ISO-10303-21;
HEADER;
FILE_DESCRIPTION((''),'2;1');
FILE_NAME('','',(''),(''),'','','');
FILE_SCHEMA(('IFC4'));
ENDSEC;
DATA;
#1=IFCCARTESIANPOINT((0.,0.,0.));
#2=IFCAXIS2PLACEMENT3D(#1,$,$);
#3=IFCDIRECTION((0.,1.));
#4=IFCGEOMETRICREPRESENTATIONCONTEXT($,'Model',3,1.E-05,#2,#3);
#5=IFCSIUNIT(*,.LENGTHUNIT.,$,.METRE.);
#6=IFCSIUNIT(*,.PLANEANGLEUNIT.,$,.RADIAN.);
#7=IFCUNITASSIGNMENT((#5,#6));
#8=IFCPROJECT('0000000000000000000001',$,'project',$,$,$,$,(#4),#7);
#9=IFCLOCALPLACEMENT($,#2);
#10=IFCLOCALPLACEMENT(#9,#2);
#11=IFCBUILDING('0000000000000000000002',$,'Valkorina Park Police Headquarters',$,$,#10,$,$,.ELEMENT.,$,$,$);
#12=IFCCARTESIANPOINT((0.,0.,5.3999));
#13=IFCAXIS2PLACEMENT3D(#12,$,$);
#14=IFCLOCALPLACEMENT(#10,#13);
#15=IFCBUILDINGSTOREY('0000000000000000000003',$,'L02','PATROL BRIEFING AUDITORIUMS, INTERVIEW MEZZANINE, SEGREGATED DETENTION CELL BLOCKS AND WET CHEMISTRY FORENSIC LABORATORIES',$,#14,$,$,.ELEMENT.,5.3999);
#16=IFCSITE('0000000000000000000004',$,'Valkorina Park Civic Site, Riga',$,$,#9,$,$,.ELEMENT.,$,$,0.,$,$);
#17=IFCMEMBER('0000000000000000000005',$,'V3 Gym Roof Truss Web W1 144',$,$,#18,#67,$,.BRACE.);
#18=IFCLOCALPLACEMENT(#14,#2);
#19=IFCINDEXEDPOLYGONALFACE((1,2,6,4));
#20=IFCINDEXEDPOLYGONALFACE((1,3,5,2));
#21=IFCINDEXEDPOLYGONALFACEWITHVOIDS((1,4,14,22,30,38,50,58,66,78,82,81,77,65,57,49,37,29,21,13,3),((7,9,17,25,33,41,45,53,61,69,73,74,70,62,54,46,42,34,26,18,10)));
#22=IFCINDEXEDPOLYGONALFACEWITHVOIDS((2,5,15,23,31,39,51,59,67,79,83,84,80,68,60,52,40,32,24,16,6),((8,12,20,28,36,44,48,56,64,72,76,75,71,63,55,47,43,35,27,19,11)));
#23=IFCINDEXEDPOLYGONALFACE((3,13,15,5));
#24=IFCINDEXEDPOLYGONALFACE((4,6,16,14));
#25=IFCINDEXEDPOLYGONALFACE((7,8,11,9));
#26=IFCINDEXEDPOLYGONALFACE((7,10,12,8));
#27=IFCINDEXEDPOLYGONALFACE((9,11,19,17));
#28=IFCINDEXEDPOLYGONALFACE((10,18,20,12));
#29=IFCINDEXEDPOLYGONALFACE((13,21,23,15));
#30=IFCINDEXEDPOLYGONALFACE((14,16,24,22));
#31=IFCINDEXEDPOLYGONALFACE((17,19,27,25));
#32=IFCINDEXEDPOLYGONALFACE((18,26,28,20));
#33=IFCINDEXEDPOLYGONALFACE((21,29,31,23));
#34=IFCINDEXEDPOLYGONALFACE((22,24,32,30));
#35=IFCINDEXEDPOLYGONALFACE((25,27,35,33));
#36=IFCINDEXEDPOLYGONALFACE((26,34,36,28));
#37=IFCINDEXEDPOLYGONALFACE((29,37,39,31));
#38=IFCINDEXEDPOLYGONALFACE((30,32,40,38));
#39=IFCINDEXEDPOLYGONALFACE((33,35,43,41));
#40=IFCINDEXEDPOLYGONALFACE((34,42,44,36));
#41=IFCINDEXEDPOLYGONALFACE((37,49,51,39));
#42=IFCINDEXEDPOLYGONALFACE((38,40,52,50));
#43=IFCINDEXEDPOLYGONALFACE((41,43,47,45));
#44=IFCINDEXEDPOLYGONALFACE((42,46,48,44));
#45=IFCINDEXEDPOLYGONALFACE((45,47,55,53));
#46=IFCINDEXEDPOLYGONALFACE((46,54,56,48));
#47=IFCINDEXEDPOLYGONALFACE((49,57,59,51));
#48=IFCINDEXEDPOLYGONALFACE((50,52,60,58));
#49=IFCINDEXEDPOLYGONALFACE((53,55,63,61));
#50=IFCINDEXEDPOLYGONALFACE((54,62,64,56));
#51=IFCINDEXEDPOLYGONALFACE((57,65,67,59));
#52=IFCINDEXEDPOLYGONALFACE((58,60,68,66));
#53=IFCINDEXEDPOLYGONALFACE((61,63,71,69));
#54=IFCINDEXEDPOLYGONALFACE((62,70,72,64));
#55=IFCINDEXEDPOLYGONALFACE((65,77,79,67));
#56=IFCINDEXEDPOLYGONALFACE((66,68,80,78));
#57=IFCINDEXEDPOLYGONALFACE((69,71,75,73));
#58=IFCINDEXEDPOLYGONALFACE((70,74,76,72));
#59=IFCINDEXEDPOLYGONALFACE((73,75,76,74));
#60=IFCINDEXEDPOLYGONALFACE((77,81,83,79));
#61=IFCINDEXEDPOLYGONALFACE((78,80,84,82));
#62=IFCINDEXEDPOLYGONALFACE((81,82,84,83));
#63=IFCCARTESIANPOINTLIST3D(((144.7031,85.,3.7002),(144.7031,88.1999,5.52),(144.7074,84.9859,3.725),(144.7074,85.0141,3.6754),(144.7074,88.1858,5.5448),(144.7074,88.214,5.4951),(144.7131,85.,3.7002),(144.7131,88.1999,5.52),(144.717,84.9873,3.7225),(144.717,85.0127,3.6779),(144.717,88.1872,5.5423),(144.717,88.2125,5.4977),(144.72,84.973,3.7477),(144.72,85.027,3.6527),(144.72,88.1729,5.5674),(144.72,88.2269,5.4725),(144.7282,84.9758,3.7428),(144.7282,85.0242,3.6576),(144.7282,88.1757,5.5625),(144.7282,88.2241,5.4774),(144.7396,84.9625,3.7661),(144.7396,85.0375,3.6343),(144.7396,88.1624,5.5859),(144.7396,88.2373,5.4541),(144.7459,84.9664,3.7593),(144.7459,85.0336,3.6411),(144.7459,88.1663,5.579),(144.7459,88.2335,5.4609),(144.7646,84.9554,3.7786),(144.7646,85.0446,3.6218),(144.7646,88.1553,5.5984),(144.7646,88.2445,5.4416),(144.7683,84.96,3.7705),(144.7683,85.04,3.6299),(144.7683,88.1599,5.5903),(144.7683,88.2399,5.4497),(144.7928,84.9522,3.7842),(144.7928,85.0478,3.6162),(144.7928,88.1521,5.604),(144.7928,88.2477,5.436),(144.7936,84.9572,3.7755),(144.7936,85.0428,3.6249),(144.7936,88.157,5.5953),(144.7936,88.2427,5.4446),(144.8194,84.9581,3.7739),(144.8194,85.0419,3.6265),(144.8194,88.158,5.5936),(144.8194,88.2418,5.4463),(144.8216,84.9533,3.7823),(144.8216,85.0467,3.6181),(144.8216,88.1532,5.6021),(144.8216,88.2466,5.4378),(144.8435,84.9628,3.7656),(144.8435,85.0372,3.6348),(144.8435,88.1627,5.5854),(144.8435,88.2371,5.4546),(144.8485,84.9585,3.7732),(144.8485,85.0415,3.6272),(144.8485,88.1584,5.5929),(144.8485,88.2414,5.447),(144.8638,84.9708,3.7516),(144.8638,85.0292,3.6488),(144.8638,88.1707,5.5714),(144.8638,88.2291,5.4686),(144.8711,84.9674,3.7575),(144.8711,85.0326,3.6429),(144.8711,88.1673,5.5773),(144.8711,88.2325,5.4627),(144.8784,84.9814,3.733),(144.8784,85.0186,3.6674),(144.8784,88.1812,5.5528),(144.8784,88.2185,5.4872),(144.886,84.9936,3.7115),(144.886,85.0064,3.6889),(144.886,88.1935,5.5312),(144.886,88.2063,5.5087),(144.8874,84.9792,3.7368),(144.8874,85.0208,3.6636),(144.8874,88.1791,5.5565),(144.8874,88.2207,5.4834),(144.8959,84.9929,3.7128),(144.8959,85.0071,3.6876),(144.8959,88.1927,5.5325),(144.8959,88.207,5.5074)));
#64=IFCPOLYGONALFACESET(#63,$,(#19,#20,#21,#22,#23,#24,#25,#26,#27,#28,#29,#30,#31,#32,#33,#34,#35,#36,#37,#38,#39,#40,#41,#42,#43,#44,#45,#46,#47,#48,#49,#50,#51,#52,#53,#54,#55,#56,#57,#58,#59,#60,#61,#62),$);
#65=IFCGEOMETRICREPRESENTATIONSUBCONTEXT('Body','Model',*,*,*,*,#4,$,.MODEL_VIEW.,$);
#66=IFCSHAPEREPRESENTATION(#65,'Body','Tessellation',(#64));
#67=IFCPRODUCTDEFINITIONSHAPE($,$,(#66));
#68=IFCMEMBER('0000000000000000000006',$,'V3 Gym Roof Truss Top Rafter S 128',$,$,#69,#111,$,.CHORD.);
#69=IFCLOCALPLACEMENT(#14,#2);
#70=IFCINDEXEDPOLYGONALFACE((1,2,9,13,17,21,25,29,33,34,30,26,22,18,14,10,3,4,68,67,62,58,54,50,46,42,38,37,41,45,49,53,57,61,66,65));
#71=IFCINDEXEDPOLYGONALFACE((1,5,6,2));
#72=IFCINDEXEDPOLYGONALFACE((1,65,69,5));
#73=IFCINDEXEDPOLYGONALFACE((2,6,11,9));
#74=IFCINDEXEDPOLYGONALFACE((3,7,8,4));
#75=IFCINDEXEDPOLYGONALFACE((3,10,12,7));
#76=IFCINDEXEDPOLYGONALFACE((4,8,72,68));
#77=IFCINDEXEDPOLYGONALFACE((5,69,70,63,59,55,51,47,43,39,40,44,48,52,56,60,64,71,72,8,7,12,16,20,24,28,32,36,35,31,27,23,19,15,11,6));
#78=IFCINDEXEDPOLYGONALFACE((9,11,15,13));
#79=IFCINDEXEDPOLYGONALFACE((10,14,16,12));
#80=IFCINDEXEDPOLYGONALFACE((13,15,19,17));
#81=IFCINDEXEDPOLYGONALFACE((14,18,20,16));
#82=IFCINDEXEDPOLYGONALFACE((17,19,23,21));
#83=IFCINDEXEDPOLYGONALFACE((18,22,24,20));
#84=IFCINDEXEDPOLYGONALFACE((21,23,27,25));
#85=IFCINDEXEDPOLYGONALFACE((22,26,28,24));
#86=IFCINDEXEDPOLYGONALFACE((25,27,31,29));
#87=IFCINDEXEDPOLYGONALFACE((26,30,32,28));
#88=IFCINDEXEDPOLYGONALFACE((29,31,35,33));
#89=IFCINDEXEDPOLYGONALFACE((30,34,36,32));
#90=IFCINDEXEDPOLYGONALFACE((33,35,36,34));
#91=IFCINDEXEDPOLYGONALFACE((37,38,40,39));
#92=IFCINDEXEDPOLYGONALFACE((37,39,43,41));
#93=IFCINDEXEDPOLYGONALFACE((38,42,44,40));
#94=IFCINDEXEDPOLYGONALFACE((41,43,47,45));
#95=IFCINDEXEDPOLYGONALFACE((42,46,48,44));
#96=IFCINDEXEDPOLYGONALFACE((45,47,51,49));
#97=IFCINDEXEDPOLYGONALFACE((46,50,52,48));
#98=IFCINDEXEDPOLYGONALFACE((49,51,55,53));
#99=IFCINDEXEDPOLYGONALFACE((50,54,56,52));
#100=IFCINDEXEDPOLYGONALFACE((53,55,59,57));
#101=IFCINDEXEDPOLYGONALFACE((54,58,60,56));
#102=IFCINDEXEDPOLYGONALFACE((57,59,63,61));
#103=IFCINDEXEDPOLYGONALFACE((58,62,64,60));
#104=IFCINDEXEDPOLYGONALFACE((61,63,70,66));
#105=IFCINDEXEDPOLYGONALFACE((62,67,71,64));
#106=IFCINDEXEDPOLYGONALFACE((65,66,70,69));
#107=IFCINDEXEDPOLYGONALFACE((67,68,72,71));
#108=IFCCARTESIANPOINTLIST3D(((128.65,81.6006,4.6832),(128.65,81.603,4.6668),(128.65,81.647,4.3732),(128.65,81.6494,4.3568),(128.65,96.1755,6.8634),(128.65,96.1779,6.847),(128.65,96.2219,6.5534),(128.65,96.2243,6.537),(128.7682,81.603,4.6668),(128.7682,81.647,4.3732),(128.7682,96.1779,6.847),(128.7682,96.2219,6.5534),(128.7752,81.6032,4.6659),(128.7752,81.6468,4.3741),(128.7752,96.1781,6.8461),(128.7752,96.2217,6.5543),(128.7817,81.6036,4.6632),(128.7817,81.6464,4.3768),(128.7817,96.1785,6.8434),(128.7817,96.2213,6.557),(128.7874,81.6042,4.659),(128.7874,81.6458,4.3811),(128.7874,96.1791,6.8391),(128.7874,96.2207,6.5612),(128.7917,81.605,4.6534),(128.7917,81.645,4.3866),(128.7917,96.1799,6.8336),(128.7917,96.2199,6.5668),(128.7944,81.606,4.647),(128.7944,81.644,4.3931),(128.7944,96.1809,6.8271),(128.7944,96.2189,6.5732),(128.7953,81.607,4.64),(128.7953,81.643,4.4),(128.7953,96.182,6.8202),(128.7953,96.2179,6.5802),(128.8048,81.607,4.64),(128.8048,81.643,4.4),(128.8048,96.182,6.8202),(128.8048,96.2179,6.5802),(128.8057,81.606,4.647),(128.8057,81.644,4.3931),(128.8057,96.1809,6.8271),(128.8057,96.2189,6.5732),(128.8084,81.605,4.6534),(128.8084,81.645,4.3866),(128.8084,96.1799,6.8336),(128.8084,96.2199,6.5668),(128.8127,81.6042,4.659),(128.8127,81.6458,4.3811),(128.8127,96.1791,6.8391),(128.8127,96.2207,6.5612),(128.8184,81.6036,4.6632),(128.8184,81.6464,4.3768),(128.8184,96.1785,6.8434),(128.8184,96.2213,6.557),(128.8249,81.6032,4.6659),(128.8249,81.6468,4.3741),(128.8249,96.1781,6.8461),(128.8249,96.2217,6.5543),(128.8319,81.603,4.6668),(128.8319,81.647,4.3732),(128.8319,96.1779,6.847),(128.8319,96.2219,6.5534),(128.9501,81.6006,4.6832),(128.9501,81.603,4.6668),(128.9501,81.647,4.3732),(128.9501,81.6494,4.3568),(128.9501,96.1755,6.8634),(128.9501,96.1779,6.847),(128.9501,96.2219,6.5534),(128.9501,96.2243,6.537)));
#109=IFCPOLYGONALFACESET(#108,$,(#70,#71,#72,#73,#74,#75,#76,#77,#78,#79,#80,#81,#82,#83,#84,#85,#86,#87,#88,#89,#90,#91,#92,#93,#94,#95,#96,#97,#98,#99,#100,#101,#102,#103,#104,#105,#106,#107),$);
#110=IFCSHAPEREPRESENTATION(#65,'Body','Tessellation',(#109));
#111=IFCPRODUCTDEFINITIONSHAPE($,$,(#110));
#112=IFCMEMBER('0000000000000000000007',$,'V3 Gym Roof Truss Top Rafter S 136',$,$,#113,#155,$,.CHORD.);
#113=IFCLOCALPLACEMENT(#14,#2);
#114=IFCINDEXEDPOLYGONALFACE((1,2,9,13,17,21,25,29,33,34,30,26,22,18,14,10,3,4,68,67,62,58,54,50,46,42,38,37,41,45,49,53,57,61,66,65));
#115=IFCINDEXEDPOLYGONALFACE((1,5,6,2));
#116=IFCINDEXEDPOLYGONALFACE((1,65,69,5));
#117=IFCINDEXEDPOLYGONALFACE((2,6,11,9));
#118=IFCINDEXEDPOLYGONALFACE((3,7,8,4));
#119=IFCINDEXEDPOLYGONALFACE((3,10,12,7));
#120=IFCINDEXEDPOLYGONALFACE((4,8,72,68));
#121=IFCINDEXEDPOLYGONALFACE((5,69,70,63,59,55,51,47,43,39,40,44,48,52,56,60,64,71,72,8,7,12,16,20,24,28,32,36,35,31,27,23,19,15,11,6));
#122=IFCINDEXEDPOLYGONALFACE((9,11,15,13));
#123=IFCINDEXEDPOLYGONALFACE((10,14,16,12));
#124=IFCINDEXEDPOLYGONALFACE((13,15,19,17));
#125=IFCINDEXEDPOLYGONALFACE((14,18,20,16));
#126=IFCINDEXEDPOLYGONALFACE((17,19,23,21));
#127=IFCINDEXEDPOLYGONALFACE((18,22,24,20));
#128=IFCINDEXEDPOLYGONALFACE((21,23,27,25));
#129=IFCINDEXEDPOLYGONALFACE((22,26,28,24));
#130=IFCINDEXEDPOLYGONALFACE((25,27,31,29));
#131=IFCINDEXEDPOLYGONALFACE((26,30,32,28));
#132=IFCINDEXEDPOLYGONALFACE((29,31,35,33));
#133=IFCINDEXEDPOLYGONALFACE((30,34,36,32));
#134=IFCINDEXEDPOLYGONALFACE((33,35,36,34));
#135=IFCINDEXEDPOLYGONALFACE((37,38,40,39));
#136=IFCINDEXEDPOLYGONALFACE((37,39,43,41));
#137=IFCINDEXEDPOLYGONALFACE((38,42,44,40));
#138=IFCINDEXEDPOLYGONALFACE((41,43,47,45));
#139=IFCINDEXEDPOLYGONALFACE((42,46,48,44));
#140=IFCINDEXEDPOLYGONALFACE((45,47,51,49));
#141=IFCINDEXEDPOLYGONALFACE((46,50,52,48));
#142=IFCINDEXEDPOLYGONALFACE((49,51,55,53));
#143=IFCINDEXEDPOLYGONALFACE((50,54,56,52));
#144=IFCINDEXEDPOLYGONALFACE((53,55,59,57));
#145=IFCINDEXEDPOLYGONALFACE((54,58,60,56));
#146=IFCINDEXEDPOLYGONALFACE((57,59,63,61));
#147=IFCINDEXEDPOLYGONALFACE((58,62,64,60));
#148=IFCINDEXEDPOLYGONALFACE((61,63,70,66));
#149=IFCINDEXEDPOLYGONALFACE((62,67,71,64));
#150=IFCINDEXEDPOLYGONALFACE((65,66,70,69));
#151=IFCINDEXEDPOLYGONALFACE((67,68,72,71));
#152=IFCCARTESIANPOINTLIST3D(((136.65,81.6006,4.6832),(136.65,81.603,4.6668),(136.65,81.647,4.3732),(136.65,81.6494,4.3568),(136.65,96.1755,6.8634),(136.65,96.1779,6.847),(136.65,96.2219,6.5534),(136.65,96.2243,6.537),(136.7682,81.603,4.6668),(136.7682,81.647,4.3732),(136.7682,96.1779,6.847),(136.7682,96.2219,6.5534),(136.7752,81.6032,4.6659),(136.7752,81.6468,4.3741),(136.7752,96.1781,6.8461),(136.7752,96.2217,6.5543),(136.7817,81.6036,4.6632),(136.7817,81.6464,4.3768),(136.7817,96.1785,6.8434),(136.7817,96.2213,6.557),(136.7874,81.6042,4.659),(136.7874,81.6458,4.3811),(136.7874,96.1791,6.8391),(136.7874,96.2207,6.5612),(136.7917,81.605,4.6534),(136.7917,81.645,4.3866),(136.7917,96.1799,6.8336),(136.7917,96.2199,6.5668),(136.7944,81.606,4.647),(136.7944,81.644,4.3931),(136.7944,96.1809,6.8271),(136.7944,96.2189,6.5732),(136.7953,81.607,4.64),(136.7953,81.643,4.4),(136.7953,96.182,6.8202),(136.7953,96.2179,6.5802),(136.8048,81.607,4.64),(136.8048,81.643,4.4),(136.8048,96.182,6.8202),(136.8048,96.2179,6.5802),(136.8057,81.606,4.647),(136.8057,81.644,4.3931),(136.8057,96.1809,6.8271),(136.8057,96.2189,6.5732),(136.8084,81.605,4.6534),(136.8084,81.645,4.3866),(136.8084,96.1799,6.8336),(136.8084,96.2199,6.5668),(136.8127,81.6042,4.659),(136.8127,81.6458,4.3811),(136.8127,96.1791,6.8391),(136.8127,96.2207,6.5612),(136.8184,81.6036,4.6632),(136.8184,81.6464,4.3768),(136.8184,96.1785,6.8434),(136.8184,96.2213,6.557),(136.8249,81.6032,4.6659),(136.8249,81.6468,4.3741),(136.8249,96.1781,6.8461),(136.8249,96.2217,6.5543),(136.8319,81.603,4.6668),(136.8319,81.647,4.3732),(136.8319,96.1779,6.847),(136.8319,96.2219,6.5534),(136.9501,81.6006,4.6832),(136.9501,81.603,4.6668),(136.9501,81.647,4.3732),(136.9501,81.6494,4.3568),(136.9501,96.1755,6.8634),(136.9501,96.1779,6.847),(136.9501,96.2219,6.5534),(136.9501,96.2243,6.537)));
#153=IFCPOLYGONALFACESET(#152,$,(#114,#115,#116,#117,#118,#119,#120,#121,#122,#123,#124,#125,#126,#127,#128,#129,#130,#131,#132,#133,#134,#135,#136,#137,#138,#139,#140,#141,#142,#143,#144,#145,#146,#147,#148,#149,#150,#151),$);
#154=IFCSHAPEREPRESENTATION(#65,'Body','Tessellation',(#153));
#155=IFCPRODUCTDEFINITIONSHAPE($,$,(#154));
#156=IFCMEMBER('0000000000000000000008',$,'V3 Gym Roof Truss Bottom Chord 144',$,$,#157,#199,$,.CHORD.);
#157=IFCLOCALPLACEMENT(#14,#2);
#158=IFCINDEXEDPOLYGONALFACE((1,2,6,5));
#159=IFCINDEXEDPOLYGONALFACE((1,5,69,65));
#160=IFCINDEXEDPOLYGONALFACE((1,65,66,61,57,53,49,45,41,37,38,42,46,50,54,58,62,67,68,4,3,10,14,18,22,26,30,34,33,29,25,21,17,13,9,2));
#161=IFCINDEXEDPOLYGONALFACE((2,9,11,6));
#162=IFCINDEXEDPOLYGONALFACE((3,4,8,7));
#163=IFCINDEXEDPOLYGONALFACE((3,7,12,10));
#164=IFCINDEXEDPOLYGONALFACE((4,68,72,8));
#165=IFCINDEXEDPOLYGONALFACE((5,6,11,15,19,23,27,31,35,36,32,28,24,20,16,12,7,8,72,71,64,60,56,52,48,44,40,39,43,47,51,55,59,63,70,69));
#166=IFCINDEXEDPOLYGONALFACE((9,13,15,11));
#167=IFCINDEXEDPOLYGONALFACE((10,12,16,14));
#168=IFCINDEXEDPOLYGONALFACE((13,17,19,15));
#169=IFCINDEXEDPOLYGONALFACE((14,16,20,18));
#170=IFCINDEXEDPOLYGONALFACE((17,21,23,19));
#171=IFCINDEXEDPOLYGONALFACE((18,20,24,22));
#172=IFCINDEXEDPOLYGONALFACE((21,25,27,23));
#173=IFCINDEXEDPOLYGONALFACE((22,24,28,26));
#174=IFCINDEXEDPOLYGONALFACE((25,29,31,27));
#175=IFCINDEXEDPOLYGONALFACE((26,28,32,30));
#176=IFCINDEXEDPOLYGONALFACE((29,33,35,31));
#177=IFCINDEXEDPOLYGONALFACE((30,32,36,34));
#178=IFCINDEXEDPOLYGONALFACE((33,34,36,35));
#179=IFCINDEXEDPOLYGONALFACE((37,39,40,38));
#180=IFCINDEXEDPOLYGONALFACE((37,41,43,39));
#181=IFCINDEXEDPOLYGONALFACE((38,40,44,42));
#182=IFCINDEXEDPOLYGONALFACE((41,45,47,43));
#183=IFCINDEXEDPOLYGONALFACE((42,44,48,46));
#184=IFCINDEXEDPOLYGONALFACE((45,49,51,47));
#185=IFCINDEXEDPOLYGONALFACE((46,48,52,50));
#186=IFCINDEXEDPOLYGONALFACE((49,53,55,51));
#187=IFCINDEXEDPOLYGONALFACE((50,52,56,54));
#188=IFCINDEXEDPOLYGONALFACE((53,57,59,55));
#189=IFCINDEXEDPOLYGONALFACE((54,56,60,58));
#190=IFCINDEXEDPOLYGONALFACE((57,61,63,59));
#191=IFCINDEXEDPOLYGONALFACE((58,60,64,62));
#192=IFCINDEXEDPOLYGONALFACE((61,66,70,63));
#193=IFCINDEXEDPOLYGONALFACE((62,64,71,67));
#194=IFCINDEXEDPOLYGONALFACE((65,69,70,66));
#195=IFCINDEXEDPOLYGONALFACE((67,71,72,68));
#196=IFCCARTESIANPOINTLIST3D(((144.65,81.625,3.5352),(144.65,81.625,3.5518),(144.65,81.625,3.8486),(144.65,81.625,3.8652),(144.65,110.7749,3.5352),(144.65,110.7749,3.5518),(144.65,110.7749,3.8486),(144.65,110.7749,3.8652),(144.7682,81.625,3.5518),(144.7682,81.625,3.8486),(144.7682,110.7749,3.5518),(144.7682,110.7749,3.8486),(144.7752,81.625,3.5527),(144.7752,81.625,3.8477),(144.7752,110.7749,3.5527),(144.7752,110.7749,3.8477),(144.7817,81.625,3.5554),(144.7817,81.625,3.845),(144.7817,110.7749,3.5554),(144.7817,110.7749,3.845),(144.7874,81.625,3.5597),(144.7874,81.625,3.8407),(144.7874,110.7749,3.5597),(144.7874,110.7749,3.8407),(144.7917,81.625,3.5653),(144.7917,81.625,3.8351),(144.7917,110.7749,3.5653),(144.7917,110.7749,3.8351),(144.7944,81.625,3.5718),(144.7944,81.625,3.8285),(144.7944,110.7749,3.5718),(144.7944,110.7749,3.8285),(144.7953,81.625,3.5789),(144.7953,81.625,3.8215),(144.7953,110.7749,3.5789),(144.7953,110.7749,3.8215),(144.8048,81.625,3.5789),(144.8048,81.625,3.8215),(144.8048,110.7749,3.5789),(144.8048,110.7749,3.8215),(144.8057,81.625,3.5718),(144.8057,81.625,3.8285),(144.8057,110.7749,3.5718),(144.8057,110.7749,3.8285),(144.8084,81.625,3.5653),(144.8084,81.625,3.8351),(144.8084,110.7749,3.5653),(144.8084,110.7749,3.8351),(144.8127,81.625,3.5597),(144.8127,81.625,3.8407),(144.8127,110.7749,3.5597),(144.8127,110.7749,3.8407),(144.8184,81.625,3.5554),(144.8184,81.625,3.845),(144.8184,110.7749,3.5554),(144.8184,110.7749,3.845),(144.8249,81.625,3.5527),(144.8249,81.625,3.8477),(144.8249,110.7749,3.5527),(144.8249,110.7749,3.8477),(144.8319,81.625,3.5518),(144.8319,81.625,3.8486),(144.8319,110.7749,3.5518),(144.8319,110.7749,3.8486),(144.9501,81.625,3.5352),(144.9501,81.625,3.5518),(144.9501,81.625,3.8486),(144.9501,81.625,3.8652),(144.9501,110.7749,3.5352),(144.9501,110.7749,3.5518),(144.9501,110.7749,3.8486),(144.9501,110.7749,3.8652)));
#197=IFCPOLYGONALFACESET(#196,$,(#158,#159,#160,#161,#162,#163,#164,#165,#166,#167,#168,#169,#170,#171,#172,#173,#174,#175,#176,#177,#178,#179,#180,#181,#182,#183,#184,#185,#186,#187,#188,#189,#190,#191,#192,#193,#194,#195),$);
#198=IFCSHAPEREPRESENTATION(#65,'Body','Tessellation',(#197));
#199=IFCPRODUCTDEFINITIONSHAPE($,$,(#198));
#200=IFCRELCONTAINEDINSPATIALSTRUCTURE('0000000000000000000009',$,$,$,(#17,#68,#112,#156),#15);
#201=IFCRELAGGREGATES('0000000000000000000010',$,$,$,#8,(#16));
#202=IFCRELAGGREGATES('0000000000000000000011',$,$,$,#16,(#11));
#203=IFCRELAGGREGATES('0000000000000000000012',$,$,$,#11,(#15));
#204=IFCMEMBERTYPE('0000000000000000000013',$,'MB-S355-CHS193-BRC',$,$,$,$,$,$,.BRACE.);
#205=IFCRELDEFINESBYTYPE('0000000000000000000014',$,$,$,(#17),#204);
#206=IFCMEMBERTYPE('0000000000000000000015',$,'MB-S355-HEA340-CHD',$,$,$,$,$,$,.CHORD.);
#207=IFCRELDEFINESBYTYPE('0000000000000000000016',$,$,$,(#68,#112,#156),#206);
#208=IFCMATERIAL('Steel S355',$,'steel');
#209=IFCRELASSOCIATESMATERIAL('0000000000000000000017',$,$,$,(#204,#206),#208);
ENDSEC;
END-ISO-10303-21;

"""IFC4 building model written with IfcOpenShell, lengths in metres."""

from ifc_helpers import new_model, si_unit, direction, frame, origin, origin_2d, place, context, subcontext, project, spatial, hollow_circle, i_section, extrude, material, material_profile, profile_set, type_object, element, save


model = new_model("IFC4")

# Units and contexts
model_context = context("Model", 3, precision=1e-05, world=origin(), true_north=direction((0.0, 1.0)))
body_context = subcontext(model_context, "Body", "Model", "MODEL_VIEW")
ifc_project = project(units=[si_unit("LENGTHUNIT", "METRE"), si_unit("PLANEANGLEUNIT", "RADIAN")], contexts=[model_context])

# Site, building, storey
site_placement = place(None, origin())
site = spatial("IfcSite", under=ifc_project, at=site_placement, Name="Valkorina Park Civic Site, Riga", CompositionType="ELEMENT", RefElevation=0.0)
building_placement = place(site_placement, origin())
building = spatial("IfcBuilding", under=site, at=building_placement, Name="Valkorina Park Police Headquarters", CompositionType="ELEMENT")
storey_placement = place(building_placement, frame((0.0, 0.0, 5.3999)))
storey = spatial("IfcBuildingStorey", under=building, at=storey_placement, Name="L02", Description="PATROL BRIEFING AUDITORIUMS, INTERVIEW MEZZANINE, SEGREGATED DETENTION CELL BLOCKS AND WET CHEMISTRY FORENSIC LABORATORIES", CompositionType="ELEMENT", Elevation=5.3999)

# Shared definitions
ifc_material = material(Name="Steel S355", Category="steel")

# Members
ifc_material_profile_1 = material_profile(ifc_material, hollow_circle(Radius=0.0969, WallThickness=0.01, at=origin_2d()), Name="CHS 193.7x10")
ifc_profile_set_1 = profile_set([ifc_material_profile_1], Name="Steel S355")
member_type_1 = type_object("IfcMemberType", Name="MB-S355-CHS193-BRC", PredefinedType="BRACE", material=ifc_profile_set_1)
member_1_placement = place(storey_placement, frame((144.8, 85.0, 3.7002), z_axis=(0.0, 0.869262, 0.494352), x_axis=(-1.0, 0.0, 0.0)))
element("IfcMember", 1, at=member_1_placement, inside=storey, type_object=member_type_1, Name="V3 Gym Roof Truss Web W1 144", PredefinedType="BRACE", context=body_context, shape_type="SweptSolid", body=[
    extrude(hollow_circle(Radius=0.0969, WallThickness=0.01, at=origin_2d()), origin(), (0.0, 0.0, 1.0), 3.6812),
])
ifc_material_profile_2 = material_profile(ifc_material, i_section(OverallWidth=0.3, OverallDepth=0.3301, WebThickness=0.0095, FlangeThickness=0.0166, FilletRadius=0.0271, at=origin_2d()), Name="HEA 340")
ifc_profile_set_2 = profile_set([ifc_material_profile_2], Name="Steel S355")
member_type_2 = type_object("IfcMemberType", Name="MB-S355-HEA340-CHD", PredefinedType="CHORD", material=ifc_profile_set_2)
for number, where, z_axis, x_axis, name in (
    (2, (128.8, 81.625, 4.52), (0.0, 0.988997, 0.147938), (-1.0, 0.0, 0.0), "V3 Gym Roof Truss Top Rafter S 128"),
    (3, (136.8, 81.625, 4.52), (0.0, 0.988997, 0.147938), (-1.0, 0.0, 0.0), "V3 Gym Roof Truss Top Rafter S 136"),
):
    element("IfcMember", number, at=place(storey_placement, frame(where, z_axis=z_axis, x_axis=x_axis)), inside=storey, type_object=member_type_2, Name=name, PredefinedType="CHORD", context=body_context, shape_type="SweptSolid", body=[
        extrude(i_section(OverallWidth=0.3, OverallDepth=0.3301, WebThickness=0.0095, FlangeThickness=0.0166, FilletRadius=0.0271, at=origin_2d()), origin(), (0.0, 0.0, 1.0), 14.7371),
    ])
member_2_placement = place(storey_placement, frame((144.8, 81.625, 3.7002), z_axis=(0.0, 1.0, 0.0), x_axis=(-1.0, 0.0, 0.0)))
element("IfcMember", 4, at=member_2_placement, inside=storey, type_object=member_type_2, Name="V3 Gym Roof Truss Bottom Chord 144", PredefinedType="CHORD", context=body_context, shape_type="SweptSolid", body=[
    extrude(i_section(OverallWidth=0.3, OverallDepth=0.3301, WebThickness=0.0095, FlangeThickness=0.0166, FilletRadius=0.0271, at=origin_2d()), origin(), (0.0, 0.0, 1.0), 29.1499),
])

save(model, "model.ifc")
